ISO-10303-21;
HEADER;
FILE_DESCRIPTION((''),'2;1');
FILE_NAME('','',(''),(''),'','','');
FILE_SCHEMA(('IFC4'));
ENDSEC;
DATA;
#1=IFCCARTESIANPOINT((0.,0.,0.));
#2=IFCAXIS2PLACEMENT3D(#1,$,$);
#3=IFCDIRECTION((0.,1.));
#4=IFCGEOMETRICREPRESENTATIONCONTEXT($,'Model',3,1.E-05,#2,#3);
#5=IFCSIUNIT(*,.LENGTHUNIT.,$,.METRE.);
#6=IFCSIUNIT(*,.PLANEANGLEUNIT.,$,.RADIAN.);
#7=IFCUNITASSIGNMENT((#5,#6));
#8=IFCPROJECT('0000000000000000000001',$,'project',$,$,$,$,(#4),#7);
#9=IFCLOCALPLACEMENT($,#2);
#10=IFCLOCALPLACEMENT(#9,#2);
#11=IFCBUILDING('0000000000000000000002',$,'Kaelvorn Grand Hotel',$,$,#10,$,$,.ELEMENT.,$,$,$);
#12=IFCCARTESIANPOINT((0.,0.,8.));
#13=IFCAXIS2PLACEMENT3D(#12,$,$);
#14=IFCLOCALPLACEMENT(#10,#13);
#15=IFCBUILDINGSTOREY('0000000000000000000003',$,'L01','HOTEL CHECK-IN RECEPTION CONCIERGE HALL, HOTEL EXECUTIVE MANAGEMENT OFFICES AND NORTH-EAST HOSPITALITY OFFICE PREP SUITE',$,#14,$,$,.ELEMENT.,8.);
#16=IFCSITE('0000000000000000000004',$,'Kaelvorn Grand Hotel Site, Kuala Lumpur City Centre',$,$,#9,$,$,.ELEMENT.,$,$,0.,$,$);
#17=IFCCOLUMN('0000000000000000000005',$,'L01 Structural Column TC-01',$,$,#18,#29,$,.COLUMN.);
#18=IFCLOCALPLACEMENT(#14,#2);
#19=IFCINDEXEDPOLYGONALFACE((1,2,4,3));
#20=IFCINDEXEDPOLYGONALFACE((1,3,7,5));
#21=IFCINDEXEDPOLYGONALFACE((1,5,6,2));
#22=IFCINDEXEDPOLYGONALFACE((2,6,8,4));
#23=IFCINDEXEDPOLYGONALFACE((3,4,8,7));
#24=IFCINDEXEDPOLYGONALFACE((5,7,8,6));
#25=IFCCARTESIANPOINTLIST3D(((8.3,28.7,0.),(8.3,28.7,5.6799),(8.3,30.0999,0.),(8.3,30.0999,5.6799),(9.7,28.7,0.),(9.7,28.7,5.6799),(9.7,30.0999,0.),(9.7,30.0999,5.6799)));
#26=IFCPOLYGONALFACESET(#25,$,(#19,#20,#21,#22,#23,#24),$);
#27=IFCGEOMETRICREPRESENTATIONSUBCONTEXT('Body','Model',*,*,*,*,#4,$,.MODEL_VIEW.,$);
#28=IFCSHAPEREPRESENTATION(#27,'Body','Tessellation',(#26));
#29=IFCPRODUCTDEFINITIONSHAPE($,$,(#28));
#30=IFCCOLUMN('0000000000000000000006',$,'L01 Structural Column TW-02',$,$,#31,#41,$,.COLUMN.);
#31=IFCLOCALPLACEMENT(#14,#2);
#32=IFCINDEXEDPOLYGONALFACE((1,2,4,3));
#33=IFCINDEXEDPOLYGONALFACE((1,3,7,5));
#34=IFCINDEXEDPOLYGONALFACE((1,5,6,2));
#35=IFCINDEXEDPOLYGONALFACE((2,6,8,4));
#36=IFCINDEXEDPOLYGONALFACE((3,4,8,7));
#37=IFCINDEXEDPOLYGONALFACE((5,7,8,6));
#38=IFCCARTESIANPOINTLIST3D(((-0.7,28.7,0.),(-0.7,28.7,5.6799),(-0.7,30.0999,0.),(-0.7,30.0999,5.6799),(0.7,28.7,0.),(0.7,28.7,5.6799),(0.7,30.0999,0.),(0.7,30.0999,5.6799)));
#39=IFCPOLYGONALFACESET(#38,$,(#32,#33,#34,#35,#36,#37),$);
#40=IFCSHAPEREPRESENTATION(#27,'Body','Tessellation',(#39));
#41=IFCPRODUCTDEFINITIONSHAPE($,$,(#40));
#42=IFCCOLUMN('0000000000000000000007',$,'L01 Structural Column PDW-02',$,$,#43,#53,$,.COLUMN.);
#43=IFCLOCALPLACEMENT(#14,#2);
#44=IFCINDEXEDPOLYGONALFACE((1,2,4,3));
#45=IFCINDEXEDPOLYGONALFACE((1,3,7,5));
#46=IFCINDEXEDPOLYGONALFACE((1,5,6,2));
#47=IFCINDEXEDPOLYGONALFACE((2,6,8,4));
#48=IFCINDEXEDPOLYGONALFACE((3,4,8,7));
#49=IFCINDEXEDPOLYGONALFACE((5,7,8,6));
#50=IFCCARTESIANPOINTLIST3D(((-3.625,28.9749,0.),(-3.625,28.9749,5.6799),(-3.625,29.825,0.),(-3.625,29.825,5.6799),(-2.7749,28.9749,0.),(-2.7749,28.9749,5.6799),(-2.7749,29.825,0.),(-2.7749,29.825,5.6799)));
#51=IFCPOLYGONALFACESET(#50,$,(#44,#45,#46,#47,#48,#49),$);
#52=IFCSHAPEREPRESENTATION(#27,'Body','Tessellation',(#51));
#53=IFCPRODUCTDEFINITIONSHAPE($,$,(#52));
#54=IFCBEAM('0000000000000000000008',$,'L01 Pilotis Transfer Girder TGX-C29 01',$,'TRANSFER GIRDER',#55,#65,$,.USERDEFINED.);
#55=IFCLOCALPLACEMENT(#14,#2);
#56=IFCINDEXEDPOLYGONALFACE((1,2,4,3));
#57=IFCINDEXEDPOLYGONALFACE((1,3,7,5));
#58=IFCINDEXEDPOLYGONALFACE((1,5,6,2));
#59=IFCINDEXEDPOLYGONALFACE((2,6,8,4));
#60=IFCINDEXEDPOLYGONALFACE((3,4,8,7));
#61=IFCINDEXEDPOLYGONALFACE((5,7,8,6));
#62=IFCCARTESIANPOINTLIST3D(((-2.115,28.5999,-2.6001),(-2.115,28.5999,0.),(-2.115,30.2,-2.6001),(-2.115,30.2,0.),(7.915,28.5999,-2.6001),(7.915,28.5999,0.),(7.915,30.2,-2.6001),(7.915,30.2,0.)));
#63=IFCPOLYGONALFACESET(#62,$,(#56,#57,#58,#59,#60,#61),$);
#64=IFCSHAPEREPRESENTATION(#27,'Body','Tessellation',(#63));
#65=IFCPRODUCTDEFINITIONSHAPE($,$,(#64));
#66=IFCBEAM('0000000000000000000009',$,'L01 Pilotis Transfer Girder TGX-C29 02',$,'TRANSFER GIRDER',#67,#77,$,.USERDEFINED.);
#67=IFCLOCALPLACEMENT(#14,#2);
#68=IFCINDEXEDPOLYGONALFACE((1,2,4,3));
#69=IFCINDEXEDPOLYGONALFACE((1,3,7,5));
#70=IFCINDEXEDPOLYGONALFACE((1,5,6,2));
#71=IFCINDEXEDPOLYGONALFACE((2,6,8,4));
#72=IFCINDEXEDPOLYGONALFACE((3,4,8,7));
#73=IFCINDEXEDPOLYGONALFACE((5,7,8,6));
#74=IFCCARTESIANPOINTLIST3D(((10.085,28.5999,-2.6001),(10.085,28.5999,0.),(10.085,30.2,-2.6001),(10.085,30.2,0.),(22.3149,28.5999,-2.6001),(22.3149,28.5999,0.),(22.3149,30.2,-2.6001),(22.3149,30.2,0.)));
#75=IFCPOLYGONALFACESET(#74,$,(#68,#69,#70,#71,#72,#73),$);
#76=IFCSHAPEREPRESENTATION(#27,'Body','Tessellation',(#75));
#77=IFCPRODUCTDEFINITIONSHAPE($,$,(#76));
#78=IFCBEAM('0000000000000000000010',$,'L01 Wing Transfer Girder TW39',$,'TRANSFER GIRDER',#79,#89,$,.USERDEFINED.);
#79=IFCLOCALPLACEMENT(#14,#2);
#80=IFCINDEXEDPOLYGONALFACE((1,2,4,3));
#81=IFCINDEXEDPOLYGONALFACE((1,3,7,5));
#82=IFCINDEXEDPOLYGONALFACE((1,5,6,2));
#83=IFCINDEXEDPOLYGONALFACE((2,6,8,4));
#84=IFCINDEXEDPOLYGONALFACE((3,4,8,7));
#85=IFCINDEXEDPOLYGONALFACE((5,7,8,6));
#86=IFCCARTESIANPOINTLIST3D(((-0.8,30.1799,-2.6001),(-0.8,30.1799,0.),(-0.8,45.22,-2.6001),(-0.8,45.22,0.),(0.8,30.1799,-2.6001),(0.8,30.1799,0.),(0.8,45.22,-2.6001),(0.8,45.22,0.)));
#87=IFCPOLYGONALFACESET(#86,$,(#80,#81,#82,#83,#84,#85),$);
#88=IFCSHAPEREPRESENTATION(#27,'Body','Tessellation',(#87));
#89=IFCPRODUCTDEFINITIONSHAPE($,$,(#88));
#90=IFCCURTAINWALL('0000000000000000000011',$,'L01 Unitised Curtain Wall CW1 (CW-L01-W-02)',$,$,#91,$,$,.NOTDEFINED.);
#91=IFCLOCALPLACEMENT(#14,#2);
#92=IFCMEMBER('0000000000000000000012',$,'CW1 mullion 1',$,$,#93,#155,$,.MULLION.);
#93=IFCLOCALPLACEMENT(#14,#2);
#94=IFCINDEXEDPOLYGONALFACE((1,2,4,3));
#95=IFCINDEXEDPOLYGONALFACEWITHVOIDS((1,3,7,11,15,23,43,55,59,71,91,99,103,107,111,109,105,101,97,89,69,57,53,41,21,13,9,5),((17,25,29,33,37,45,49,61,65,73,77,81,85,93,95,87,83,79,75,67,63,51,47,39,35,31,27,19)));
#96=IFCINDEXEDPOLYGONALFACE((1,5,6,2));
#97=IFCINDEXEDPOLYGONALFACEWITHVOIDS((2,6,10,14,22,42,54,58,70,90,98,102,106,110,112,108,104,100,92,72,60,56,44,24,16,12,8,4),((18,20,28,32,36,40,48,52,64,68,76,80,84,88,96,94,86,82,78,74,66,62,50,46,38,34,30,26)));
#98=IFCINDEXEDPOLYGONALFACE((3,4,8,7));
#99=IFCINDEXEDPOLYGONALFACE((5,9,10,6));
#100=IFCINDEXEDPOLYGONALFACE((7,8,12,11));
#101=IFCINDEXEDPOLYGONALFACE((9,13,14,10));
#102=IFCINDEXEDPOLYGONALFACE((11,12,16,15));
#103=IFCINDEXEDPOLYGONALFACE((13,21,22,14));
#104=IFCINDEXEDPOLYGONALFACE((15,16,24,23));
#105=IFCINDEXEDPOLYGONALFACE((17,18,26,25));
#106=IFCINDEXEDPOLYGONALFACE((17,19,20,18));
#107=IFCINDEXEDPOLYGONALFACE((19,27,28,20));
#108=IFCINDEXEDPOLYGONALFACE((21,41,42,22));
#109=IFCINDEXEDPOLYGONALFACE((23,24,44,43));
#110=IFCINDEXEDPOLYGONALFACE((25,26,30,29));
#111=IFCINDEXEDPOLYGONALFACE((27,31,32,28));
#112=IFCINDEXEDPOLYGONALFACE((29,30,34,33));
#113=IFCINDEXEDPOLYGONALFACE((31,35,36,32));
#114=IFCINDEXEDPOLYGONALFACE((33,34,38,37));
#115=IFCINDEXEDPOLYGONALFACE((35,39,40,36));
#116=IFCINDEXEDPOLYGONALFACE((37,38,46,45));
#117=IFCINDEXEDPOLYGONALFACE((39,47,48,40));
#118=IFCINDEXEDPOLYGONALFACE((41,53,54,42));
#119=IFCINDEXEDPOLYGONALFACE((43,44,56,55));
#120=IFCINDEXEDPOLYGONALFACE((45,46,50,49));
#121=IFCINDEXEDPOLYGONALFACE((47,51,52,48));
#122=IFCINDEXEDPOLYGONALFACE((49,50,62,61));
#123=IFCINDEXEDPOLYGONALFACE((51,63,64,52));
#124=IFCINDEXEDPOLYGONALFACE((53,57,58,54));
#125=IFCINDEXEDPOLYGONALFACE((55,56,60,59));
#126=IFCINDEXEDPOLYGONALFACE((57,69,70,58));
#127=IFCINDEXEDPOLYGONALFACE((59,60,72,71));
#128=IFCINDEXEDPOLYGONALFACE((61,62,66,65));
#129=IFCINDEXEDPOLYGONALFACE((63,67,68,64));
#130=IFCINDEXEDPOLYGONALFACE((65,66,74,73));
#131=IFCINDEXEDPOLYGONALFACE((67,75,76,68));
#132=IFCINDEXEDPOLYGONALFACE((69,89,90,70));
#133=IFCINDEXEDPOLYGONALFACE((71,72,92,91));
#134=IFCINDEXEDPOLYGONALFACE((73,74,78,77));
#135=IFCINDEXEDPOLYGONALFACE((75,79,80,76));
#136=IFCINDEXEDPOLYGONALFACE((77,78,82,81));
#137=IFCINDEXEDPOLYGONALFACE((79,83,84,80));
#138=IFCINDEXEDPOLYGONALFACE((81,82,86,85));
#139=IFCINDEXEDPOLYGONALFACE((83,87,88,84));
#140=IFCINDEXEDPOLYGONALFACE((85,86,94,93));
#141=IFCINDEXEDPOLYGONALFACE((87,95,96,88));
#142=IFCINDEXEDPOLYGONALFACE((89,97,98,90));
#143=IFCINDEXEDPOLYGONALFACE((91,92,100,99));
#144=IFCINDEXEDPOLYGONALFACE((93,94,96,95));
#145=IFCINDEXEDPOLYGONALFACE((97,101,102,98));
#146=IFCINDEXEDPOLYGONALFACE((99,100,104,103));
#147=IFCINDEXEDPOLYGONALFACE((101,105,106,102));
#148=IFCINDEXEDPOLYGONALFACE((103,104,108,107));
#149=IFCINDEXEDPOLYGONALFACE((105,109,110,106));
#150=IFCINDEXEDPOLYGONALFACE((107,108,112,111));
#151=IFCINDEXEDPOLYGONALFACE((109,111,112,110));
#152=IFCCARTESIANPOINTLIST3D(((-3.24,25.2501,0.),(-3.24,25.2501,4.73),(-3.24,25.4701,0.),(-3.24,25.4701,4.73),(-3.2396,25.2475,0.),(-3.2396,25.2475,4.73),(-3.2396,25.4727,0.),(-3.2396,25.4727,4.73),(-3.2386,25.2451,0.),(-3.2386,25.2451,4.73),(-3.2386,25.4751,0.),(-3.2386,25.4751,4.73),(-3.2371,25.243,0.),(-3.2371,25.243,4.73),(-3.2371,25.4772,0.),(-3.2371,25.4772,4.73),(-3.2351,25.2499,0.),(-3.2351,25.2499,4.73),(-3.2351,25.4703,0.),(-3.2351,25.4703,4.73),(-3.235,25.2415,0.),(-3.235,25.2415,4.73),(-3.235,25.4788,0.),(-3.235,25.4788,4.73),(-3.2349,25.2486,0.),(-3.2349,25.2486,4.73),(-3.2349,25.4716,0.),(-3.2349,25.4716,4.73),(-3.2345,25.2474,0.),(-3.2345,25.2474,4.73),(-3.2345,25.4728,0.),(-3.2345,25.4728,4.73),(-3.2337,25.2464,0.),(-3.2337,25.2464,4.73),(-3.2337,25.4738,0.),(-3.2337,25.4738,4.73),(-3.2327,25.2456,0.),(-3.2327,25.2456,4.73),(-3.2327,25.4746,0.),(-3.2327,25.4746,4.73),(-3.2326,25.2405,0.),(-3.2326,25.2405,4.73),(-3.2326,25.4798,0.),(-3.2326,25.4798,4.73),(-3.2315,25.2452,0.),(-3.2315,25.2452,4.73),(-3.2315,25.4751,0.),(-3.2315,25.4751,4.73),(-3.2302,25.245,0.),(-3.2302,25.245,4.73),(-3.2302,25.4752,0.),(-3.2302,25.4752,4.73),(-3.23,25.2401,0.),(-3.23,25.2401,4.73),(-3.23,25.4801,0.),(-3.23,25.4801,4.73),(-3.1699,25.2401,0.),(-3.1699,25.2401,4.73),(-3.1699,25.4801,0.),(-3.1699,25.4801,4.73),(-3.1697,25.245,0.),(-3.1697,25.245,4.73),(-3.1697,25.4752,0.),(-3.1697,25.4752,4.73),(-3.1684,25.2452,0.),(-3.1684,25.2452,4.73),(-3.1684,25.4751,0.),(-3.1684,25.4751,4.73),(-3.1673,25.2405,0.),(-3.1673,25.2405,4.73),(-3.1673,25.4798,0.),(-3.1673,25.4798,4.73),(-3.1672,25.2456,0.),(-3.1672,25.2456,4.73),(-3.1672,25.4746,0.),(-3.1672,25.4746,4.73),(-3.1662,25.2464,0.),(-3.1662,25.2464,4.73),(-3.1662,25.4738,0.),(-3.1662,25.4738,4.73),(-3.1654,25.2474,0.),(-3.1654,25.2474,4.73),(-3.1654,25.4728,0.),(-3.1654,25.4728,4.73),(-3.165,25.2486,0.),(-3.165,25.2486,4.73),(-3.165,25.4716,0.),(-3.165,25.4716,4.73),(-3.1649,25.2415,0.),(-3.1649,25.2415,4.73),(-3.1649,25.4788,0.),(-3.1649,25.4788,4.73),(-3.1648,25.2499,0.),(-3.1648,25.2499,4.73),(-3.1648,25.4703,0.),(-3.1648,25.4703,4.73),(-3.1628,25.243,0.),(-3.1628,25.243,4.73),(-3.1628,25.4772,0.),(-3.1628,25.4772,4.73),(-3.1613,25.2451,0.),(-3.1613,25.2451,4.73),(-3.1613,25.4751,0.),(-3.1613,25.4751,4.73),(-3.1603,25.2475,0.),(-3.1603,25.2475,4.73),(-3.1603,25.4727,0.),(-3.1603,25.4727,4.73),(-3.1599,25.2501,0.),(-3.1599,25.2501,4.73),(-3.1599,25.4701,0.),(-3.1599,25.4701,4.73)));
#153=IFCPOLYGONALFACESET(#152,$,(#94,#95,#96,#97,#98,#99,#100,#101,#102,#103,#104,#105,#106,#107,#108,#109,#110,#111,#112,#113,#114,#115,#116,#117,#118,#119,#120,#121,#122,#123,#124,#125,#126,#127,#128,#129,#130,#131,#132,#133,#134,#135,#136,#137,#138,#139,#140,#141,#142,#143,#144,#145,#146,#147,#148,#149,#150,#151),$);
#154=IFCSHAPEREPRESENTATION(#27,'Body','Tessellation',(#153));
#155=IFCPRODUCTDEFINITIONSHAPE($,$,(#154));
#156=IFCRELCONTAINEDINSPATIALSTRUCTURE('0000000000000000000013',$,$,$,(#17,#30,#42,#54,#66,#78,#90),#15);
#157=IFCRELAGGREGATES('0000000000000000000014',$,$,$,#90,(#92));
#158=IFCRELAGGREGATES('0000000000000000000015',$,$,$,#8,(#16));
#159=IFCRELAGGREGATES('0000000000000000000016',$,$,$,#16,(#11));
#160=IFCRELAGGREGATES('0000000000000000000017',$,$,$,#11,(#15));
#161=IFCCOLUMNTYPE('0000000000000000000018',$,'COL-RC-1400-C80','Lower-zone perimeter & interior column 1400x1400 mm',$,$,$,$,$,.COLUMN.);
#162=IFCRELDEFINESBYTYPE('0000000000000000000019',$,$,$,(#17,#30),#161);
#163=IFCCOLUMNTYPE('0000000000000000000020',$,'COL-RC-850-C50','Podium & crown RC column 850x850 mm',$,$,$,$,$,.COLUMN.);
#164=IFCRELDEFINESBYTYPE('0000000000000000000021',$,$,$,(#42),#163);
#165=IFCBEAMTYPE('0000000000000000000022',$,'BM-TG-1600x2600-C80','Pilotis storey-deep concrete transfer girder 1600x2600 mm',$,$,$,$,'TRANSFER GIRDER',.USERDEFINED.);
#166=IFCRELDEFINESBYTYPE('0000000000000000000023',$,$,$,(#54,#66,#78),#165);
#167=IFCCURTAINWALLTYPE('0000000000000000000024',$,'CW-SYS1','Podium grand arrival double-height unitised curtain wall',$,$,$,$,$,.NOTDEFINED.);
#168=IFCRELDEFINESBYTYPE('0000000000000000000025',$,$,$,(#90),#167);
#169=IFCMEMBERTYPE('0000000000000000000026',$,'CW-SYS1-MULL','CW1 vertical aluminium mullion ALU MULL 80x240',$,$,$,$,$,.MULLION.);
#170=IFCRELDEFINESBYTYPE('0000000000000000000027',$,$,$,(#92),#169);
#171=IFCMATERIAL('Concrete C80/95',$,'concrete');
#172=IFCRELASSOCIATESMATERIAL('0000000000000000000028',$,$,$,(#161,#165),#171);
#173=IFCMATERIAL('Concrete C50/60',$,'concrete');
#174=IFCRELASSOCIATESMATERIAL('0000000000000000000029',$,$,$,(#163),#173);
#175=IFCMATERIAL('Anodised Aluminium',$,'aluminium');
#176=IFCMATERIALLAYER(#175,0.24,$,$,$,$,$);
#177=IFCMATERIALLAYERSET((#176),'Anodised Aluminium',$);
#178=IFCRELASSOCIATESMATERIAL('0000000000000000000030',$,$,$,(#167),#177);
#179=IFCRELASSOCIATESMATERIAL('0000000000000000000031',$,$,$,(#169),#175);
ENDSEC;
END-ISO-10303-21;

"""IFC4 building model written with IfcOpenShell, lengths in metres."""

from ifc_helpers import new_model, si_unit, direction, frame, origin, origin_2d, place, context, subcontext, project, spatial, rectangle, hollow_rectangle, extrude, material, layer, layer_set, material_profile, profile_set, type_object, element, aggregate, save


model = new_model("IFC4")

# Units and contexts
model_context = context("Model", 3, precision=1e-05, world=origin(), true_north=direction((0.0, 1.0)))
body_context = subcontext(model_context, "Body", "Model", "MODEL_VIEW")
ifc_project = project(units=[si_unit("LENGTHUNIT", "METRE"), si_unit("PLANEANGLEUNIT", "RADIAN")], contexts=[model_context])

# Site, building, storey
site_placement = place(None, origin())
site = spatial("IfcSite", under=ifc_project, at=site_placement, Name="Kaelvorn Grand Hotel Site, Kuala Lumpur City Centre", CompositionType="ELEMENT", RefElevation=0.0)
building_placement = place(site_placement, origin())
building = spatial("IfcBuilding", under=site, at=building_placement, Name="Kaelvorn Grand Hotel", CompositionType="ELEMENT")
storey_placement = place(building_placement, frame((0.0, 0.0, 8.0)))
storey = spatial("IfcBuildingStorey", under=building, at=storey_placement, Name="L01", Description="HOTEL CHECK-IN RECEPTION CONCIERGE HALL, HOTEL EXECUTIVE MANAGEMENT OFFICES AND NORTH-EAST HOSPITALITY OFFICE PREP SUITE", CompositionType="ELEMENT", Elevation=8.0)

# Columns
ifc_material_1 = material(Name="Concrete C80/95", Category="concrete")
ifc_material_profile_1 = material_profile(ifc_material_1, rectangle(XDim=1.3999, YDim=1.3999, at=origin_2d()), Name="RC COL 1400x1400")
ifc_profile_set_1 = profile_set([ifc_material_profile_1], Name="Concrete C80/95")
column_type_1 = type_object("IfcColumnType", Name="COL-RC-1400-C80", Description="Lower-zone perimeter & interior column 1400x1400 mm", PredefinedType="COLUMN", material=ifc_profile_set_1)
for number, where, z_axis, x_axis, name in (
    (1, (9.0, 29.3999, 0.0), (0.0, 0.0, 1.0), (1.0, 0.0, 0.0), "L01 Structural Column TC-01"),
    (2, (0.0, 29.3999, 0.0), (0.0, 0.0, 1.0), (1.0, 0.0, 0.0), "L01 Structural Column TW-02"),
):
    element("IfcColumn", number, at=place(storey_placement, frame(where, z_axis=z_axis, x_axis=x_axis)), inside=storey, type_object=column_type_1, Name=name, PredefinedType="COLUMN", context=body_context, shape_type="SweptSolid", body=[
        extrude(rectangle(XDim=1.3999, YDim=1.3999, at=origin_2d()), origin(), (0.0, 0.0, 1.0), 5.6799),
    ])
ifc_material_2 = material(Name="Concrete C50/60", Category="concrete")
ifc_material_profile_2 = material_profile(ifc_material_2, rectangle(XDim=0.8501, YDim=0.8501, at=origin_2d()), Name="RC COL 850x850")
ifc_profile_set_2 = profile_set([ifc_material_profile_2], Name="Concrete C50/60")
column_type_2 = type_object("IfcColumnType", Name="COL-RC-850-C50", Description="Podium & crown RC column 850x850 mm", PredefinedType="COLUMN", material=ifc_profile_set_2)
column_placement = place(storey_placement, frame((-3.2, 29.3999, 0.0), z_axis=(0.0, 0.0, 1.0), x_axis=(1.0, 0.0, 0.0)))
element("IfcColumn", 3, at=column_placement, inside=storey, type_object=column_type_2, Name="L01 Structural Column PDW-02", PredefinedType="COLUMN", context=body_context, shape_type="SweptSolid", body=[
    extrude(rectangle(XDim=0.8501, YDim=0.8501, at=origin_2d()), origin(), (0.0, 0.0, 1.0), 5.6799),
])

# Beams
ifc_material_profile_3 = material_profile(ifc_material_1, rectangle(XDim=1.6001, YDim=2.6001, at=origin_2d()), Name="RC TG 1600x2600")
ifc_profile_set_3 = profile_set([ifc_material_profile_3], Name="Concrete C80/95")
beam_type = type_object("IfcBeamType", Name="BM-TG-1600x2600-C80", Description="Pilotis storey-deep concrete transfer girder 1600x2600 mm", ElementType="TRANSFER GIRDER", PredefinedType="USERDEFINED", material=ifc_profile_set_3)
beam_1_placement = place(storey_placement, frame((-2.115, 29.3999, -1.3), z_axis=(1.0, 0.0, 0.0), x_axis=(0.0, 1.0, 0.0)))
element("IfcBeam", 4, at=beam_1_placement, inside=storey, type_object=beam_type, Name="L01 Pilotis Transfer Girder TGX-C29 01", ObjectType="TRANSFER GIRDER", PredefinedType="USERDEFINED", context=body_context, shape_type="SweptSolid", body=[
    extrude(rectangle(XDim=1.6001, YDim=2.6001, at=origin_2d()), origin(), (0.0, 0.0, 1.0), 10.03),
])
beam_2_placement = place(storey_placement, frame((10.085, 29.3999, -1.3), z_axis=(1.0, 0.0, 0.0), x_axis=(0.0, 1.0, 0.0)))
element("IfcBeam", 5, at=beam_2_placement, inside=storey, type_object=beam_type, Name="L01 Pilotis Transfer Girder TGX-C29 02", ObjectType="TRANSFER GIRDER", PredefinedType="USERDEFINED", context=body_context, shape_type="SweptSolid", body=[
    extrude(rectangle(XDim=1.6001, YDim=2.6001, at=origin_2d()), origin(), (0.0, 0.0, 1.0), 12.23),
])
beam_3_placement = place(storey_placement, frame((0.0, 30.1799, -1.3), z_axis=(0.0, 1.0, 0.0), x_axis=(-1.0, 0.0, 0.0)))
element("IfcBeam", 6, at=beam_3_placement, inside=storey, type_object=beam_type, Name="L01 Wing Transfer Girder TW39", ObjectType="TRANSFER GIRDER", PredefinedType="USERDEFINED", context=body_context, shape_type="SweptSolid", body=[
    extrude(rectangle(XDim=1.6001, YDim=2.6001, at=origin_2d()), origin(), (0.0, 0.0, 1.0), 15.04),
])

# Curtain wall, member
ifc_material_3 = material(Name="Anodised Aluminium", Category="aluminium")
ifc_layer_1 = layer(ifc_material_3, 0.24)
ifc_layer_set_1 = layer_set([ifc_layer_1], Name="Anodised Aluminium")
curtain_wall_type = type_object("IfcCurtainWallType", Name="CW-SYS1", Description="Podium grand arrival double-height unitised curtain wall", PredefinedType="NOTDEFINED", material=ifc_layer_set_1)
curtain_wall_placement = place(storey_placement, origin())
curtain_wall = element("IfcCurtainWall", 7, at=curtain_wall_placement, inside=storey, type_object=curtain_wall_type, Name="L01 Unitised Curtain Wall CW1 (CW-L01-W-02)", PredefinedType="NOTDEFINED")
ifc_material_profile_4 = material_profile(ifc_material_3, hollow_rectangle(XDim=0.0801, YDim=0.24, WallThickness=0.0049, InnerFilletRadius=0.0049, OuterFilletRadius=0.01, at=origin_2d()), Name="ALU MULL 80x240")
ifc_profile_set_4 = profile_set([ifc_material_profile_4], Name="Anodised Aluminium")
member_type_1 = type_object("IfcMemberType", Name="CW-SYS1-MULL", Description="CW1 vertical aluminium mullion ALU MULL 80x240", PredefinedType="MULLION", material=ifc_profile_set_4)
member_1_placement = place(storey_placement, frame((-3.2, 25.3601, 0.0), z_axis=(0.0, 0.0, 1.0), x_axis=(1.0, 0.0, 0.0)))
member_1 = element("IfcMember", 8, at=member_1_placement, type_object=member_type_1, Name="CW1 mullion 1", PredefinedType="MULLION", context=body_context, shape_type="SweptSolid", body=[
    extrude(hollow_rectangle(XDim=0.0801, YDim=0.24, WallThickness=0.0049, InnerFilletRadius=0.0049, OuterFilletRadius=0.01, at=origin_2d()), origin(), (0.0, 0.0, 1.0), 4.73),
])
aggregate(curtain_wall, [member_1])

save(model, "model.ifc")
